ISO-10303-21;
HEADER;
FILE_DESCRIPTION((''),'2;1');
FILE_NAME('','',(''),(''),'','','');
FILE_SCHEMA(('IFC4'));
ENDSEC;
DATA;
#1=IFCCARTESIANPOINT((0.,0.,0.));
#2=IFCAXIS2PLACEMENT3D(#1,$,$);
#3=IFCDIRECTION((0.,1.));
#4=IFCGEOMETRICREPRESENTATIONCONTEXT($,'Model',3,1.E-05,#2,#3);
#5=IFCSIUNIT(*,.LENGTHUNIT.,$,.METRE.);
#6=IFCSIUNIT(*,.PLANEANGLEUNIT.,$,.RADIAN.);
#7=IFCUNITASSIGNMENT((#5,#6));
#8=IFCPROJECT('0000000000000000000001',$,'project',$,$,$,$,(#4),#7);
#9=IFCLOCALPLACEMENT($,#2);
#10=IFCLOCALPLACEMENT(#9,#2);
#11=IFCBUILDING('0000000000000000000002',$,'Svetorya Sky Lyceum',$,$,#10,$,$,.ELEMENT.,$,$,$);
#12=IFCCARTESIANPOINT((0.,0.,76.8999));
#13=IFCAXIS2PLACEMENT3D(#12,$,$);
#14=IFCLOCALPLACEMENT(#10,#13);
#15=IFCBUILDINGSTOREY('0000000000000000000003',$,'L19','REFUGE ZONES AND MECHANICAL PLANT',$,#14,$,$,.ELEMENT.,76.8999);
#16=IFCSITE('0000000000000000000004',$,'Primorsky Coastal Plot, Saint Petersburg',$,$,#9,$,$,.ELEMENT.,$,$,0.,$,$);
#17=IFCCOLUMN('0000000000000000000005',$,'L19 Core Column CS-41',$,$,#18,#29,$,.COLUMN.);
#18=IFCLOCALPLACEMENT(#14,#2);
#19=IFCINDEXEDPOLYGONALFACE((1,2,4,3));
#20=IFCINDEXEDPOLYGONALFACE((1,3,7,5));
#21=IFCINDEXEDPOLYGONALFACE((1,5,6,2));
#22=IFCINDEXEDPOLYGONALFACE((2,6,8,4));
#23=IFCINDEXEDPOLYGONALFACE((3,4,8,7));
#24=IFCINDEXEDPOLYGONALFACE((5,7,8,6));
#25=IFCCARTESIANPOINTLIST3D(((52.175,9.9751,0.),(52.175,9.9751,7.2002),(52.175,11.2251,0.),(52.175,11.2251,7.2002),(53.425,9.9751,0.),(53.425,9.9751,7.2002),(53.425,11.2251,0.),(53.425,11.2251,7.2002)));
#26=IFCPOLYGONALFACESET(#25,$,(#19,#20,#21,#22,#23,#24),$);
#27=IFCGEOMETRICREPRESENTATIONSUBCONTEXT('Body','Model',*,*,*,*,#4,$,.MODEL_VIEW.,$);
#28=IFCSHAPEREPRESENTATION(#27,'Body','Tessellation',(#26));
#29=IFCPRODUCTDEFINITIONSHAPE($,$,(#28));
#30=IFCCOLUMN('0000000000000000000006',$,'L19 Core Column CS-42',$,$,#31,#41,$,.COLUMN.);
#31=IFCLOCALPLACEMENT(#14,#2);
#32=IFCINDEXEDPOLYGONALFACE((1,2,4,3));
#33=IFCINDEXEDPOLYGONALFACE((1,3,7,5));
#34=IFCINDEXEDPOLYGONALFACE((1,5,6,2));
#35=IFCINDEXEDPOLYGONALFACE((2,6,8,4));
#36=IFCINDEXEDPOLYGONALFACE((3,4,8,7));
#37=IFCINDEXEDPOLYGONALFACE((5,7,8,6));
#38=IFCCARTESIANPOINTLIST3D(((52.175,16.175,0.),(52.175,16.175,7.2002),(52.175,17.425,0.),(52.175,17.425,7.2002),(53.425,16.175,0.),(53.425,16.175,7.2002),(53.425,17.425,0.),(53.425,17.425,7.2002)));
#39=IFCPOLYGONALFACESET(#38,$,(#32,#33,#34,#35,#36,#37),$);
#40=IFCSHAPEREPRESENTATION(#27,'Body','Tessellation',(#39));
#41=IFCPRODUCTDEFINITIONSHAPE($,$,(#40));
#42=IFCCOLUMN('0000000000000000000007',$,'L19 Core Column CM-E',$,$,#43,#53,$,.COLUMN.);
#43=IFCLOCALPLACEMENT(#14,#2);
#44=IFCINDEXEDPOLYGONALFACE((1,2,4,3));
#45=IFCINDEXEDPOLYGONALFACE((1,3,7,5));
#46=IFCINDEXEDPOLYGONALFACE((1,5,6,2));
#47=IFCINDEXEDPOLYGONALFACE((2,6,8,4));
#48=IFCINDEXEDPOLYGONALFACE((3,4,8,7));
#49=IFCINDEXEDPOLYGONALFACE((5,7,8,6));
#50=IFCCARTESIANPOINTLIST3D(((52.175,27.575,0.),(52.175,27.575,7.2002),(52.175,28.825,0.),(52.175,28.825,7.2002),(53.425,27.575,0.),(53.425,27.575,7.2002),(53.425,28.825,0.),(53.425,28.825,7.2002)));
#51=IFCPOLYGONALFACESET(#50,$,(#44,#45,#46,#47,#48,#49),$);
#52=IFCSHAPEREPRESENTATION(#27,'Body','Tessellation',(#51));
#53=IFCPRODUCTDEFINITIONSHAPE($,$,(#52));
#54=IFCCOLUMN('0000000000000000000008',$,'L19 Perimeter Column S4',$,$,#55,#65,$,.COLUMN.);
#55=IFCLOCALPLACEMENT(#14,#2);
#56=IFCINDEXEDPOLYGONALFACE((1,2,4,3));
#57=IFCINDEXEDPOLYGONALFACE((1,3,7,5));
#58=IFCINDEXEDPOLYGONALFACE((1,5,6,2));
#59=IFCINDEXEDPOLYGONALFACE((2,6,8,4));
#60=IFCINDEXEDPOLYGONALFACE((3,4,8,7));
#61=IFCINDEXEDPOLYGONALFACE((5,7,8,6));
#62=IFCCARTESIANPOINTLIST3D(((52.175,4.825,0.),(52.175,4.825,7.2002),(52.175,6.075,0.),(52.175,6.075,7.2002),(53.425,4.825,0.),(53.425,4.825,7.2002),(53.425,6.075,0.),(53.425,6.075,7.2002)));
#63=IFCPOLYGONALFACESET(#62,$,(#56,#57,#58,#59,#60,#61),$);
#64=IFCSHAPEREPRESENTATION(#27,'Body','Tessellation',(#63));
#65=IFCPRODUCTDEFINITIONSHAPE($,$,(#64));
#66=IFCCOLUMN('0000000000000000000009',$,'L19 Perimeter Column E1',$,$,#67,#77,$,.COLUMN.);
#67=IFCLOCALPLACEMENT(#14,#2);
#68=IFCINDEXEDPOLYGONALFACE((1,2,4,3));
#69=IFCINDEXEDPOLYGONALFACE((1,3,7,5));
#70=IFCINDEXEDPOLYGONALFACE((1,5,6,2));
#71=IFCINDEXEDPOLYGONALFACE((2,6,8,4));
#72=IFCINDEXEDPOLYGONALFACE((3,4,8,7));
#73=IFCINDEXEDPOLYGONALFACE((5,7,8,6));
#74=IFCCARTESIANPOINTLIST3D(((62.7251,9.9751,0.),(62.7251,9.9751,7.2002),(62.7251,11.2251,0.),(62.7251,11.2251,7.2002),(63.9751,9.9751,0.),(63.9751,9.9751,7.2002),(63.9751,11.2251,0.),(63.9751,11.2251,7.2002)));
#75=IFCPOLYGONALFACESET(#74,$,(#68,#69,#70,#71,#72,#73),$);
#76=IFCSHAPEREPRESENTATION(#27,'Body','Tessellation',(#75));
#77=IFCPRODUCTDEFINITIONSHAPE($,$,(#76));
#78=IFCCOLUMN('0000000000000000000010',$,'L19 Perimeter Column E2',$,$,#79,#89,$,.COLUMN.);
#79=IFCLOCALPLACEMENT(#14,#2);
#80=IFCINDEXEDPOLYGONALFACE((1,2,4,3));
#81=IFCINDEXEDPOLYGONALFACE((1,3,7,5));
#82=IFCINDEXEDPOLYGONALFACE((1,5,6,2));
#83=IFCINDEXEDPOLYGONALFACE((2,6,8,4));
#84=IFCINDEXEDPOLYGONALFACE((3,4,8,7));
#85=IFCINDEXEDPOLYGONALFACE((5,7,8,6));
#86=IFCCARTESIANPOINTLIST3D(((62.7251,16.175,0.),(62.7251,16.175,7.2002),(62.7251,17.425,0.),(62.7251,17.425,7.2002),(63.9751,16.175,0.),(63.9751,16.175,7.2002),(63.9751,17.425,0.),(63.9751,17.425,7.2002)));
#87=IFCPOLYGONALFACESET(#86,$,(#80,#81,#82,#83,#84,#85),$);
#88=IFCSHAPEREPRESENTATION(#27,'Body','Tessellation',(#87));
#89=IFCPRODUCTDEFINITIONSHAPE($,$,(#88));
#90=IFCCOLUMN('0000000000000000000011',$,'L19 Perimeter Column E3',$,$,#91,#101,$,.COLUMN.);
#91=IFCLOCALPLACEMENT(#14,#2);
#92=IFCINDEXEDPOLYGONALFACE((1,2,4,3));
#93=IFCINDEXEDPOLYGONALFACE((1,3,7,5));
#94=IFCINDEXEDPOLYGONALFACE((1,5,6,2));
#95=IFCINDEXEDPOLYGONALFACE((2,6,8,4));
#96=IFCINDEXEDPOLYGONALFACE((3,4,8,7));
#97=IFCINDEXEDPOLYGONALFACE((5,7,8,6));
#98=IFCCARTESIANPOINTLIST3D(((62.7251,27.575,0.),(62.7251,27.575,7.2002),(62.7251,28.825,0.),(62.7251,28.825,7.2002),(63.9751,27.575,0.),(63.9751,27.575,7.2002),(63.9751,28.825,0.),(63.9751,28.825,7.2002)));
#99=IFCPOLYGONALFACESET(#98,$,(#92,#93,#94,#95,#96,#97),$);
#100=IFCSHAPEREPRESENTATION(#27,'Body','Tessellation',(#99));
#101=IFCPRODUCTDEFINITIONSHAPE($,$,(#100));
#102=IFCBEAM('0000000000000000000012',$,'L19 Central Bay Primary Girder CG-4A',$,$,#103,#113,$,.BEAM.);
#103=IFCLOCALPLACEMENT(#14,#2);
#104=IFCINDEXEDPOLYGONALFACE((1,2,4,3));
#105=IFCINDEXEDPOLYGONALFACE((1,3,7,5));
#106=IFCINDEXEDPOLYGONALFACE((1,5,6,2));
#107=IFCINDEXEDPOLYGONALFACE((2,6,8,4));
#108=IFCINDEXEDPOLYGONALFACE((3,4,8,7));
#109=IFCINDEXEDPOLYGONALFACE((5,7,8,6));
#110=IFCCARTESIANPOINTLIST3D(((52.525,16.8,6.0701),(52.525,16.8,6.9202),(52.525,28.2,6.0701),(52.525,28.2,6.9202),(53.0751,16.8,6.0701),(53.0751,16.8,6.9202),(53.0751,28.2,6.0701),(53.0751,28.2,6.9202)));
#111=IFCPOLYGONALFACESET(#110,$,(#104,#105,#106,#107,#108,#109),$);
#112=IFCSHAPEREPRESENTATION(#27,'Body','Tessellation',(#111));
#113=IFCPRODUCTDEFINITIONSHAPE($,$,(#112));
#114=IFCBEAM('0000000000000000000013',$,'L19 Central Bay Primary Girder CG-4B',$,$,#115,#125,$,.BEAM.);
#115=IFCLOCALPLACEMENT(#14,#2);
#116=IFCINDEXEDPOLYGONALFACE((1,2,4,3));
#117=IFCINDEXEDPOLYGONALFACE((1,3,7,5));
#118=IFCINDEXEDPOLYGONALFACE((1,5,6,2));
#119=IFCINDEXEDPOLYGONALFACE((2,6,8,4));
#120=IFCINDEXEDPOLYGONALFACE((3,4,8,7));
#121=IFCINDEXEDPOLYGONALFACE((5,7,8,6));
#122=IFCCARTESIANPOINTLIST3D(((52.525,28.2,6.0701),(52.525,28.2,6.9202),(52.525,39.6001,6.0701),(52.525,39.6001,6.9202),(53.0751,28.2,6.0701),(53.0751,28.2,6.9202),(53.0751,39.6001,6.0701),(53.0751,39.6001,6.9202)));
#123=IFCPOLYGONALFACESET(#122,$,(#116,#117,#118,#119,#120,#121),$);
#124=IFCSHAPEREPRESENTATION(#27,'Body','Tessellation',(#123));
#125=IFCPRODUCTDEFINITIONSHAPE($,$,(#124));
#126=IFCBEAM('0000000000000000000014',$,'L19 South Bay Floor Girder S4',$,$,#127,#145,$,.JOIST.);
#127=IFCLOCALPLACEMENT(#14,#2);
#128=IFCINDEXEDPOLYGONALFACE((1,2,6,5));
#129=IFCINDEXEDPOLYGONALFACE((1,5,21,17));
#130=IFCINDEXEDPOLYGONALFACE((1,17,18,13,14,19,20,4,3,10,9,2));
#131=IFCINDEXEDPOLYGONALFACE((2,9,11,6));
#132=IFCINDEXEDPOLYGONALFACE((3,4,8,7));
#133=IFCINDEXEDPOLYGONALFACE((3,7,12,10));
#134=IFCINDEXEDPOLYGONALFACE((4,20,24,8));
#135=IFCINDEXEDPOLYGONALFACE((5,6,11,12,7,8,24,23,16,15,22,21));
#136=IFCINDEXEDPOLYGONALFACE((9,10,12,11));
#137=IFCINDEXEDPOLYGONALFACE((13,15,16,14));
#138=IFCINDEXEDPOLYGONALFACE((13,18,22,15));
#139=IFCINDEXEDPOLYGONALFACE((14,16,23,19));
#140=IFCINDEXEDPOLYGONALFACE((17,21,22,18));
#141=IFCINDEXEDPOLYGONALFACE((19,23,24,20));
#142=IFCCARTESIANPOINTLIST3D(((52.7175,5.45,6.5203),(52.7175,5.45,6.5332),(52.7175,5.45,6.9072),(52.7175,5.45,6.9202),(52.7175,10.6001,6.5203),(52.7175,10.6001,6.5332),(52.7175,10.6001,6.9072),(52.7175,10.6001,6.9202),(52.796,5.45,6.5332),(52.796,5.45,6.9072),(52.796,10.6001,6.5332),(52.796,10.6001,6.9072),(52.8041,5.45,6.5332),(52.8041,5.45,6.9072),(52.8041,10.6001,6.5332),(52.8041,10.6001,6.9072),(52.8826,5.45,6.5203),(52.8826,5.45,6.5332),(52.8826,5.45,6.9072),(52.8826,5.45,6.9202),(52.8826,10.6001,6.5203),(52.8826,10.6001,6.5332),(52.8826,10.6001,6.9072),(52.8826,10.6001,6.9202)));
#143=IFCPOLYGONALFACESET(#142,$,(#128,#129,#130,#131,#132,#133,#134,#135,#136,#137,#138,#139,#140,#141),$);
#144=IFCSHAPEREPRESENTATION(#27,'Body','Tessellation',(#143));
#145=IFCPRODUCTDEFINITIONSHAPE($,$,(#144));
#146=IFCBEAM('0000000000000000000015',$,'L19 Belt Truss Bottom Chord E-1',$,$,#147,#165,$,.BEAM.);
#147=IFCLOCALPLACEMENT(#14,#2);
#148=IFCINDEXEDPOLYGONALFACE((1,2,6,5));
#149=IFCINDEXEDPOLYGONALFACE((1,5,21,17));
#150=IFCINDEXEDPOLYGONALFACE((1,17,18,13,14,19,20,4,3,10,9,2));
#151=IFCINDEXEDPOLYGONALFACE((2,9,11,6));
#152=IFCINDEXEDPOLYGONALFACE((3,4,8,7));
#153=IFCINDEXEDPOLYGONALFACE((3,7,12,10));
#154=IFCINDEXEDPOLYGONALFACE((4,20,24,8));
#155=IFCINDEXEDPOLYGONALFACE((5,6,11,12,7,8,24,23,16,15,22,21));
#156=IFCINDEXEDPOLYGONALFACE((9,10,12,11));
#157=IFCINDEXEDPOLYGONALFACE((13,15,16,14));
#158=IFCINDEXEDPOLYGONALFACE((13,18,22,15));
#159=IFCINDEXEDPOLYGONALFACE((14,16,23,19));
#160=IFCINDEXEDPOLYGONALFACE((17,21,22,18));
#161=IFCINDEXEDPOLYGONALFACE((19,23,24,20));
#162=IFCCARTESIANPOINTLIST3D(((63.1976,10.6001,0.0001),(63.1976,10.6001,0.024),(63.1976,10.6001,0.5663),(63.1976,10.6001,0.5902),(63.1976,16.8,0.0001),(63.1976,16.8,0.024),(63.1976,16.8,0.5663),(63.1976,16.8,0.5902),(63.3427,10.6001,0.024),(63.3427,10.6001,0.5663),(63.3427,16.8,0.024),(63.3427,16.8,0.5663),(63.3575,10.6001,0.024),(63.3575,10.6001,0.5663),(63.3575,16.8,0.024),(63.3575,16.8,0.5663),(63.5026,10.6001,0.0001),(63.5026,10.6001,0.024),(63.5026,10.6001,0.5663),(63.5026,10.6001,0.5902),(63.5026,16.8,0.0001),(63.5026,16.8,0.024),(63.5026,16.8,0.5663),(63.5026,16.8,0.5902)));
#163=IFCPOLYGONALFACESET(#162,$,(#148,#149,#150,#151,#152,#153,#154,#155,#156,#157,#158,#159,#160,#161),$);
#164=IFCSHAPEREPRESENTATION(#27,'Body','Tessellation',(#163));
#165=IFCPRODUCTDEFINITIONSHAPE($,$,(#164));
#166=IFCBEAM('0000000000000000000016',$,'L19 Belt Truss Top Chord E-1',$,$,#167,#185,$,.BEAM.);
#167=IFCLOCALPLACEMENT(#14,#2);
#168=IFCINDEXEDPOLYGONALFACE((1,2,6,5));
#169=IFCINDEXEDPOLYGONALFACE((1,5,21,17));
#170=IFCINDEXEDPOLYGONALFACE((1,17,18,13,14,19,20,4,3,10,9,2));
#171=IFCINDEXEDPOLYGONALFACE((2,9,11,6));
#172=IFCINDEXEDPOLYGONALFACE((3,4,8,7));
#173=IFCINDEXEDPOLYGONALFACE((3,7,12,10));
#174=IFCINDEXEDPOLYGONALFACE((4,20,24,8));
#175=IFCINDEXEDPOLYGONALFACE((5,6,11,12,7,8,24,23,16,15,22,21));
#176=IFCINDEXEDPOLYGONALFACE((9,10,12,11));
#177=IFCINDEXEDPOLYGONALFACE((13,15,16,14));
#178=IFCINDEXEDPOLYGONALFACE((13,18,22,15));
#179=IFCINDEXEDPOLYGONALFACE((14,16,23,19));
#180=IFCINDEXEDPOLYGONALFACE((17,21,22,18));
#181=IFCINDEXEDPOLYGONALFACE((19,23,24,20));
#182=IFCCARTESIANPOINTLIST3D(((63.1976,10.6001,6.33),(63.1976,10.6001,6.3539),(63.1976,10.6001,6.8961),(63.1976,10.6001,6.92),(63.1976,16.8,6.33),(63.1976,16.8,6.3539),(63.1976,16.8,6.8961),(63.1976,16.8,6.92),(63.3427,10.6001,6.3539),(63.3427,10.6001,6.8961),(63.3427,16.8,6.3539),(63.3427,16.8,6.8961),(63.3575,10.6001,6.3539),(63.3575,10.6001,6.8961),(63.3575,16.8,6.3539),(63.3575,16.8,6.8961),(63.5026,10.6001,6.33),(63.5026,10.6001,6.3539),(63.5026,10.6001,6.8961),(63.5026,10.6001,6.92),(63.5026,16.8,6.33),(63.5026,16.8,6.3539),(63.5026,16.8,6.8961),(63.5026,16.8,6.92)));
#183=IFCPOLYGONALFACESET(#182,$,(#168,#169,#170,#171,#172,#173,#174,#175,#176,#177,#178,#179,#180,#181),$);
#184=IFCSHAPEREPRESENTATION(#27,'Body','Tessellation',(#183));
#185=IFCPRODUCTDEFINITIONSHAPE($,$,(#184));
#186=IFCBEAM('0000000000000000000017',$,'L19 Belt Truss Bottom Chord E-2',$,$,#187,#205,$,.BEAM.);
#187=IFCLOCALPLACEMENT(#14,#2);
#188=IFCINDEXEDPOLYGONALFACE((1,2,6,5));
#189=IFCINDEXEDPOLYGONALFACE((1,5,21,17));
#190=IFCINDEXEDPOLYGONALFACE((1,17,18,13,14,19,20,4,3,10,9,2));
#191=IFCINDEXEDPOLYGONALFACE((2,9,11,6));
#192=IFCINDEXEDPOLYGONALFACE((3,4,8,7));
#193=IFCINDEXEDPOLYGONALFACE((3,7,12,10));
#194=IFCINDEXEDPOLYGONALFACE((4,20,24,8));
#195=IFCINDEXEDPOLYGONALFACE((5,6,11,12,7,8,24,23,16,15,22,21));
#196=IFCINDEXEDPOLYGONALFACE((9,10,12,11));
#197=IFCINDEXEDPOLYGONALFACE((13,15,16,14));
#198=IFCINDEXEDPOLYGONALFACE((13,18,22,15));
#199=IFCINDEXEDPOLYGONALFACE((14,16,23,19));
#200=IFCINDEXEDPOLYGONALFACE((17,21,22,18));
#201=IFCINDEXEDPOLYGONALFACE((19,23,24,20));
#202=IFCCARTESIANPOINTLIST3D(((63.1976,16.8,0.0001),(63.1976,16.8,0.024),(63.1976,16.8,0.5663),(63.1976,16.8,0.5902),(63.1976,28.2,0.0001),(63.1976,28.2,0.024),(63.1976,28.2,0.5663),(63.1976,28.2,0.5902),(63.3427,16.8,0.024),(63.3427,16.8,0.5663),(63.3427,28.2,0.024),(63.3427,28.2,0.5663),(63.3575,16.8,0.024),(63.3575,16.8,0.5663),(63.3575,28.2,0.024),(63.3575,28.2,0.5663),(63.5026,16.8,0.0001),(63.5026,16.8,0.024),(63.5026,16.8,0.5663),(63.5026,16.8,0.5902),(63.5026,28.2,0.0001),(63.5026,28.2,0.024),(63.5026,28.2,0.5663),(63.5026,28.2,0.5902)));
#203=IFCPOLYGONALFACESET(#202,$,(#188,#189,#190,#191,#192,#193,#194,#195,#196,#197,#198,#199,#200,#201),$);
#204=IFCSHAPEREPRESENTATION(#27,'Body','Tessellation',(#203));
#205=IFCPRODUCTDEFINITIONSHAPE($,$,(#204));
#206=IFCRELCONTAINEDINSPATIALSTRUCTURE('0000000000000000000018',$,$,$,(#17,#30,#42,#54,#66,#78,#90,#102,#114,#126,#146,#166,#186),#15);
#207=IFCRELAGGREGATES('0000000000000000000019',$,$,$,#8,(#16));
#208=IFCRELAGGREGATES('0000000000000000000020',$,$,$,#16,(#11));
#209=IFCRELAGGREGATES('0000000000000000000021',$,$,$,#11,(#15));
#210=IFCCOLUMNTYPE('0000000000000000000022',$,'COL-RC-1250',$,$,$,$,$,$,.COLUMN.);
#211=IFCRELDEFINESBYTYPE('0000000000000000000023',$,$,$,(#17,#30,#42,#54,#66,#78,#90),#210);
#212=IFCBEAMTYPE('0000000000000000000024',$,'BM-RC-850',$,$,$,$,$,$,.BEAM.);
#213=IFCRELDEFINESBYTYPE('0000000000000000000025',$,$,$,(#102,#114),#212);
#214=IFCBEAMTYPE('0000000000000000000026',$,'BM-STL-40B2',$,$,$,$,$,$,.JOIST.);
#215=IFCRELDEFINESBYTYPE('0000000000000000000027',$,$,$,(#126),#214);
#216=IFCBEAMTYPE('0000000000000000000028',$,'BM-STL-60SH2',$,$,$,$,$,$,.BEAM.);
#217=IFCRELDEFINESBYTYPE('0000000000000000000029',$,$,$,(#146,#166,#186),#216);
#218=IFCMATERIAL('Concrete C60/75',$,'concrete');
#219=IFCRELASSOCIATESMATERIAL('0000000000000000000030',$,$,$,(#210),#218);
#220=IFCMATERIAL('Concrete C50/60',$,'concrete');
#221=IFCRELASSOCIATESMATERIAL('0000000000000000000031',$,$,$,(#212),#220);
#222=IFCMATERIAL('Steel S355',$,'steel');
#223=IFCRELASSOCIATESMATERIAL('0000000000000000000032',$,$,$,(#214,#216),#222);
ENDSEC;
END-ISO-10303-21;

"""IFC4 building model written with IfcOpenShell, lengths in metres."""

from ifc_helpers import new_model, si_unit, direction, frame, origin, origin_2d, place, context, subcontext, project, spatial, rectangle, i_section, extrude, material, material_profile, profile_set, type_object, element, save


model = new_model("IFC4")

# Units and contexts
model_context = context("Model", 3, precision=1e-05, world=origin(), true_north=direction((0.0, 1.0)))
body_context = subcontext(model_context, "Body", "Model", "MODEL_VIEW")
ifc_project = project(units=[si_unit("LENGTHUNIT", "METRE"), si_unit("PLANEANGLEUNIT", "RADIAN")], contexts=[model_context])

# Site, building, storey
site_placement = place(None, origin())
site = spatial("IfcSite", under=ifc_project, at=site_placement, Name="Primorsky Coastal Plot, Saint Petersburg", CompositionType="ELEMENT", RefElevation=0.0)
building_placement = place(site_placement, origin())
building = spatial("IfcBuilding", under=site, at=building_placement, Name="Svetorya Sky Lyceum", CompositionType="ELEMENT")
storey_placement = place(building_placement, frame((0.0, 0.0, 76.8999)))
storey = spatial("IfcBuildingStorey", under=building, at=storey_placement, Name="L19", Description="REFUGE ZONES AND MECHANICAL PLANT", CompositionType="ELEMENT", Elevation=76.8999)

# Columns
ifc_material_1 = material(Name="Concrete C60/75", Category="concrete")
ifc_material_profile_1 = material_profile(ifc_material_1, rectangle(XDim=1.25, YDim=1.25, at=origin_2d()), Name="RC COL 1250x1250")
ifc_profile_set_1 = profile_set([ifc_material_profile_1], Name="Concrete C60/75")
column_type = type_object("IfcColumnType", Name="COL-RC-1250", PredefinedType="COLUMN", material=ifc_profile_set_1)
for number, where, z_axis, x_axis, name in (
    (1, (52.8, 10.6001, 0.0), (0.0, 0.0, 1.0), (1.0, 0.0, 0.0), "L19 Core Column CS-41"),
    (2, (52.8, 16.8, 0.0), (0.0, 0.0, 1.0), (1.0, 0.0, 0.0), "L19 Core Column CS-42"),
    (3, (52.8, 28.2, 0.0), (0.0, 0.0, 1.0), (1.0, 0.0, 0.0), "L19 Core Column CM-E"),
    (4, (52.8, 5.45, 0.0), (0.0, 0.0, 1.0), (1.0, 0.0, 0.0), "L19 Perimeter Column S4"),
    (5, (63.3501, 10.6001, 0.0), (0.0, 0.0, 1.0), (1.0, 0.0, 0.0), "L19 Perimeter Column E1"),
    (6, (63.3501, 16.8, 0.0), (0.0, 0.0, 1.0), (1.0, 0.0, 0.0), "L19 Perimeter Column E2"),
    (7, (63.3501, 28.2, 0.0), (0.0, 0.0, 1.0), (1.0, 0.0, 0.0), "L19 Perimeter Column E3"),
):
    element("IfcColumn", number, at=place(storey_placement, frame(where, z_axis=z_axis, x_axis=x_axis)), inside=storey, type_object=column_type, Name=name, PredefinedType="COLUMN", context=body_context, shape_type="SweptSolid", body=[
        extrude(rectangle(XDim=1.25, YDim=1.25, at=origin_2d()), origin(), (0.0, 0.0, 1.0), 7.2002),
    ])

# Beams
ifc_material_2 = material(Name="Concrete C50/60", Category="concrete")
ifc_material_profile_2 = material_profile(ifc_material_2, rectangle(XDim=0.55, YDim=0.8501, at=origin_2d()), Name="RC BEAM 550x850")
ifc_profile_set_2 = profile_set([ifc_material_profile_2], Name="Concrete C50/60")
beam_type_1 = type_object("IfcBeamType", Name="BM-RC-850", PredefinedType="BEAM", material=ifc_profile_set_2)
beam_1_placement = place(storey_placement, frame((52.8, 16.8, 6.4951), z_axis=(0.0, 1.0, 0.0), x_axis=(-1.0, 0.0, 0.0)))
element("IfcBeam", 8, at=beam_1_placement, inside=storey, type_object=beam_type_1, Name="L19 Central Bay Primary Girder CG-4A", PredefinedType="BEAM", context=body_context, shape_type="SweptSolid", body=[
    extrude(rectangle(XDim=0.55, YDim=0.8501, at=origin_2d()), origin(), (0.0, 0.0, 1.0), 11.3999),
])
beam_2_placement = place(storey_placement, frame((52.8, 28.2, 6.4951), z_axis=(0.0, 1.0, 0.0), x_axis=(-1.0, 0.0, 0.0)))
element("IfcBeam", 9, at=beam_2_placement, inside=storey, type_object=beam_type_1, Name="L19 Central Bay Primary Girder CG-4B", PredefinedType="BEAM", context=body_context, shape_type="SweptSolid", body=[
    extrude(rectangle(XDim=0.55, YDim=0.8501, at=origin_2d()), origin(), (0.0, 0.0, 1.0), 11.4001),
])
ifc_material_3 = material(Name="Steel S355", Category="steel")
ifc_material_profile_3 = material_profile(ifc_material_3, i_section(OverallWidth=0.165, OverallDepth=0.3999, WebThickness=0.0081, FlangeThickness=0.0129, at=origin_2d()), Name="GOST 40B2")
ifc_profile_set_3 = profile_set([ifc_material_profile_3], Name="Steel S355")
beam_type_2 = type_object("IfcBeamType", Name="BM-STL-40B2", PredefinedType="JOIST", material=ifc_profile_set_3)
beam_3_placement = place(storey_placement, frame((52.8, 5.45, 6.7202), z_axis=(0.0, 1.0, 0.0), x_axis=(-1.0, 0.0, 0.0)))
element("IfcBeam", 10, at=beam_3_placement, inside=storey, type_object=beam_type_2, Name="L19 South Bay Floor Girder S4", PredefinedType="JOIST", context=body_context, shape_type="SweptSolid", body=[
    extrude(i_section(OverallWidth=0.165, OverallDepth=0.3999, WebThickness=0.0081, FlangeThickness=0.0129, at=origin_2d()), origin(), (0.0, 0.0, 1.0), 5.1501),
])
ifc_material_profile_4 = material_profile(ifc_material_3, i_section(OverallWidth=0.3049, OverallDepth=0.5901, WebThickness=0.0149, FlangeThickness=0.0239, at=origin_2d()), Name="GOST 60Sh2")
ifc_profile_set_4 = profile_set([ifc_material_profile_4], Name="Steel S355")
beam_type_3 = type_object("IfcBeamType", Name="BM-STL-60SH2", PredefinedType="BEAM", material=ifc_profile_set_4)
for number, where, z_axis, x_axis, name in (
    (11, (63.3501, 10.6001, 0.2952), (0.0, 1.0, 0.0), (-1.0, 0.0, 0.0), "L19 Belt Truss Bottom Chord E-1"),
    (12, (63.3501, 10.6001, 6.625), (0.0, 1.0, 0.0), (-1.0, 0.0, 0.0), "L19 Belt Truss Top Chord E-1"),
):
    element("IfcBeam", number, at=place(storey_placement, frame(where, z_axis=z_axis, x_axis=x_axis)), inside=storey, type_object=beam_type_3, Name=name, PredefinedType="BEAM", context=body_context, shape_type="SweptSolid", body=[
        extrude(i_section(OverallWidth=0.3049, OverallDepth=0.5901, WebThickness=0.0149, FlangeThickness=0.0239, at=origin_2d()), origin(), (0.0, 0.0, 1.0), 6.2),
    ])
for number, where, z_axis, x_axis, name in (
    (13, (63.3501, 16.8, 0.2952), (0.0, 1.0, 0.0), (-1.0, 0.0, 0.0), "L19 Belt Truss Bottom Chord E-2"),
):
    element("IfcBeam", number, at=place(storey_placement, frame(where, z_axis=z_axis, x_axis=x_axis)), inside=storey, type_object=beam_type_3, Name=name, PredefinedType="BEAM", context=body_context, shape_type="SweptSolid", body=[
        extrude(i_section(OverallWidth=0.3049, OverallDepth=0.5901, WebThickness=0.0149, FlangeThickness=0.0239, at=origin_2d()), origin(), (0.0, 0.0, 1.0), 11.3999),
    ])

save(model, "model.ifc")
